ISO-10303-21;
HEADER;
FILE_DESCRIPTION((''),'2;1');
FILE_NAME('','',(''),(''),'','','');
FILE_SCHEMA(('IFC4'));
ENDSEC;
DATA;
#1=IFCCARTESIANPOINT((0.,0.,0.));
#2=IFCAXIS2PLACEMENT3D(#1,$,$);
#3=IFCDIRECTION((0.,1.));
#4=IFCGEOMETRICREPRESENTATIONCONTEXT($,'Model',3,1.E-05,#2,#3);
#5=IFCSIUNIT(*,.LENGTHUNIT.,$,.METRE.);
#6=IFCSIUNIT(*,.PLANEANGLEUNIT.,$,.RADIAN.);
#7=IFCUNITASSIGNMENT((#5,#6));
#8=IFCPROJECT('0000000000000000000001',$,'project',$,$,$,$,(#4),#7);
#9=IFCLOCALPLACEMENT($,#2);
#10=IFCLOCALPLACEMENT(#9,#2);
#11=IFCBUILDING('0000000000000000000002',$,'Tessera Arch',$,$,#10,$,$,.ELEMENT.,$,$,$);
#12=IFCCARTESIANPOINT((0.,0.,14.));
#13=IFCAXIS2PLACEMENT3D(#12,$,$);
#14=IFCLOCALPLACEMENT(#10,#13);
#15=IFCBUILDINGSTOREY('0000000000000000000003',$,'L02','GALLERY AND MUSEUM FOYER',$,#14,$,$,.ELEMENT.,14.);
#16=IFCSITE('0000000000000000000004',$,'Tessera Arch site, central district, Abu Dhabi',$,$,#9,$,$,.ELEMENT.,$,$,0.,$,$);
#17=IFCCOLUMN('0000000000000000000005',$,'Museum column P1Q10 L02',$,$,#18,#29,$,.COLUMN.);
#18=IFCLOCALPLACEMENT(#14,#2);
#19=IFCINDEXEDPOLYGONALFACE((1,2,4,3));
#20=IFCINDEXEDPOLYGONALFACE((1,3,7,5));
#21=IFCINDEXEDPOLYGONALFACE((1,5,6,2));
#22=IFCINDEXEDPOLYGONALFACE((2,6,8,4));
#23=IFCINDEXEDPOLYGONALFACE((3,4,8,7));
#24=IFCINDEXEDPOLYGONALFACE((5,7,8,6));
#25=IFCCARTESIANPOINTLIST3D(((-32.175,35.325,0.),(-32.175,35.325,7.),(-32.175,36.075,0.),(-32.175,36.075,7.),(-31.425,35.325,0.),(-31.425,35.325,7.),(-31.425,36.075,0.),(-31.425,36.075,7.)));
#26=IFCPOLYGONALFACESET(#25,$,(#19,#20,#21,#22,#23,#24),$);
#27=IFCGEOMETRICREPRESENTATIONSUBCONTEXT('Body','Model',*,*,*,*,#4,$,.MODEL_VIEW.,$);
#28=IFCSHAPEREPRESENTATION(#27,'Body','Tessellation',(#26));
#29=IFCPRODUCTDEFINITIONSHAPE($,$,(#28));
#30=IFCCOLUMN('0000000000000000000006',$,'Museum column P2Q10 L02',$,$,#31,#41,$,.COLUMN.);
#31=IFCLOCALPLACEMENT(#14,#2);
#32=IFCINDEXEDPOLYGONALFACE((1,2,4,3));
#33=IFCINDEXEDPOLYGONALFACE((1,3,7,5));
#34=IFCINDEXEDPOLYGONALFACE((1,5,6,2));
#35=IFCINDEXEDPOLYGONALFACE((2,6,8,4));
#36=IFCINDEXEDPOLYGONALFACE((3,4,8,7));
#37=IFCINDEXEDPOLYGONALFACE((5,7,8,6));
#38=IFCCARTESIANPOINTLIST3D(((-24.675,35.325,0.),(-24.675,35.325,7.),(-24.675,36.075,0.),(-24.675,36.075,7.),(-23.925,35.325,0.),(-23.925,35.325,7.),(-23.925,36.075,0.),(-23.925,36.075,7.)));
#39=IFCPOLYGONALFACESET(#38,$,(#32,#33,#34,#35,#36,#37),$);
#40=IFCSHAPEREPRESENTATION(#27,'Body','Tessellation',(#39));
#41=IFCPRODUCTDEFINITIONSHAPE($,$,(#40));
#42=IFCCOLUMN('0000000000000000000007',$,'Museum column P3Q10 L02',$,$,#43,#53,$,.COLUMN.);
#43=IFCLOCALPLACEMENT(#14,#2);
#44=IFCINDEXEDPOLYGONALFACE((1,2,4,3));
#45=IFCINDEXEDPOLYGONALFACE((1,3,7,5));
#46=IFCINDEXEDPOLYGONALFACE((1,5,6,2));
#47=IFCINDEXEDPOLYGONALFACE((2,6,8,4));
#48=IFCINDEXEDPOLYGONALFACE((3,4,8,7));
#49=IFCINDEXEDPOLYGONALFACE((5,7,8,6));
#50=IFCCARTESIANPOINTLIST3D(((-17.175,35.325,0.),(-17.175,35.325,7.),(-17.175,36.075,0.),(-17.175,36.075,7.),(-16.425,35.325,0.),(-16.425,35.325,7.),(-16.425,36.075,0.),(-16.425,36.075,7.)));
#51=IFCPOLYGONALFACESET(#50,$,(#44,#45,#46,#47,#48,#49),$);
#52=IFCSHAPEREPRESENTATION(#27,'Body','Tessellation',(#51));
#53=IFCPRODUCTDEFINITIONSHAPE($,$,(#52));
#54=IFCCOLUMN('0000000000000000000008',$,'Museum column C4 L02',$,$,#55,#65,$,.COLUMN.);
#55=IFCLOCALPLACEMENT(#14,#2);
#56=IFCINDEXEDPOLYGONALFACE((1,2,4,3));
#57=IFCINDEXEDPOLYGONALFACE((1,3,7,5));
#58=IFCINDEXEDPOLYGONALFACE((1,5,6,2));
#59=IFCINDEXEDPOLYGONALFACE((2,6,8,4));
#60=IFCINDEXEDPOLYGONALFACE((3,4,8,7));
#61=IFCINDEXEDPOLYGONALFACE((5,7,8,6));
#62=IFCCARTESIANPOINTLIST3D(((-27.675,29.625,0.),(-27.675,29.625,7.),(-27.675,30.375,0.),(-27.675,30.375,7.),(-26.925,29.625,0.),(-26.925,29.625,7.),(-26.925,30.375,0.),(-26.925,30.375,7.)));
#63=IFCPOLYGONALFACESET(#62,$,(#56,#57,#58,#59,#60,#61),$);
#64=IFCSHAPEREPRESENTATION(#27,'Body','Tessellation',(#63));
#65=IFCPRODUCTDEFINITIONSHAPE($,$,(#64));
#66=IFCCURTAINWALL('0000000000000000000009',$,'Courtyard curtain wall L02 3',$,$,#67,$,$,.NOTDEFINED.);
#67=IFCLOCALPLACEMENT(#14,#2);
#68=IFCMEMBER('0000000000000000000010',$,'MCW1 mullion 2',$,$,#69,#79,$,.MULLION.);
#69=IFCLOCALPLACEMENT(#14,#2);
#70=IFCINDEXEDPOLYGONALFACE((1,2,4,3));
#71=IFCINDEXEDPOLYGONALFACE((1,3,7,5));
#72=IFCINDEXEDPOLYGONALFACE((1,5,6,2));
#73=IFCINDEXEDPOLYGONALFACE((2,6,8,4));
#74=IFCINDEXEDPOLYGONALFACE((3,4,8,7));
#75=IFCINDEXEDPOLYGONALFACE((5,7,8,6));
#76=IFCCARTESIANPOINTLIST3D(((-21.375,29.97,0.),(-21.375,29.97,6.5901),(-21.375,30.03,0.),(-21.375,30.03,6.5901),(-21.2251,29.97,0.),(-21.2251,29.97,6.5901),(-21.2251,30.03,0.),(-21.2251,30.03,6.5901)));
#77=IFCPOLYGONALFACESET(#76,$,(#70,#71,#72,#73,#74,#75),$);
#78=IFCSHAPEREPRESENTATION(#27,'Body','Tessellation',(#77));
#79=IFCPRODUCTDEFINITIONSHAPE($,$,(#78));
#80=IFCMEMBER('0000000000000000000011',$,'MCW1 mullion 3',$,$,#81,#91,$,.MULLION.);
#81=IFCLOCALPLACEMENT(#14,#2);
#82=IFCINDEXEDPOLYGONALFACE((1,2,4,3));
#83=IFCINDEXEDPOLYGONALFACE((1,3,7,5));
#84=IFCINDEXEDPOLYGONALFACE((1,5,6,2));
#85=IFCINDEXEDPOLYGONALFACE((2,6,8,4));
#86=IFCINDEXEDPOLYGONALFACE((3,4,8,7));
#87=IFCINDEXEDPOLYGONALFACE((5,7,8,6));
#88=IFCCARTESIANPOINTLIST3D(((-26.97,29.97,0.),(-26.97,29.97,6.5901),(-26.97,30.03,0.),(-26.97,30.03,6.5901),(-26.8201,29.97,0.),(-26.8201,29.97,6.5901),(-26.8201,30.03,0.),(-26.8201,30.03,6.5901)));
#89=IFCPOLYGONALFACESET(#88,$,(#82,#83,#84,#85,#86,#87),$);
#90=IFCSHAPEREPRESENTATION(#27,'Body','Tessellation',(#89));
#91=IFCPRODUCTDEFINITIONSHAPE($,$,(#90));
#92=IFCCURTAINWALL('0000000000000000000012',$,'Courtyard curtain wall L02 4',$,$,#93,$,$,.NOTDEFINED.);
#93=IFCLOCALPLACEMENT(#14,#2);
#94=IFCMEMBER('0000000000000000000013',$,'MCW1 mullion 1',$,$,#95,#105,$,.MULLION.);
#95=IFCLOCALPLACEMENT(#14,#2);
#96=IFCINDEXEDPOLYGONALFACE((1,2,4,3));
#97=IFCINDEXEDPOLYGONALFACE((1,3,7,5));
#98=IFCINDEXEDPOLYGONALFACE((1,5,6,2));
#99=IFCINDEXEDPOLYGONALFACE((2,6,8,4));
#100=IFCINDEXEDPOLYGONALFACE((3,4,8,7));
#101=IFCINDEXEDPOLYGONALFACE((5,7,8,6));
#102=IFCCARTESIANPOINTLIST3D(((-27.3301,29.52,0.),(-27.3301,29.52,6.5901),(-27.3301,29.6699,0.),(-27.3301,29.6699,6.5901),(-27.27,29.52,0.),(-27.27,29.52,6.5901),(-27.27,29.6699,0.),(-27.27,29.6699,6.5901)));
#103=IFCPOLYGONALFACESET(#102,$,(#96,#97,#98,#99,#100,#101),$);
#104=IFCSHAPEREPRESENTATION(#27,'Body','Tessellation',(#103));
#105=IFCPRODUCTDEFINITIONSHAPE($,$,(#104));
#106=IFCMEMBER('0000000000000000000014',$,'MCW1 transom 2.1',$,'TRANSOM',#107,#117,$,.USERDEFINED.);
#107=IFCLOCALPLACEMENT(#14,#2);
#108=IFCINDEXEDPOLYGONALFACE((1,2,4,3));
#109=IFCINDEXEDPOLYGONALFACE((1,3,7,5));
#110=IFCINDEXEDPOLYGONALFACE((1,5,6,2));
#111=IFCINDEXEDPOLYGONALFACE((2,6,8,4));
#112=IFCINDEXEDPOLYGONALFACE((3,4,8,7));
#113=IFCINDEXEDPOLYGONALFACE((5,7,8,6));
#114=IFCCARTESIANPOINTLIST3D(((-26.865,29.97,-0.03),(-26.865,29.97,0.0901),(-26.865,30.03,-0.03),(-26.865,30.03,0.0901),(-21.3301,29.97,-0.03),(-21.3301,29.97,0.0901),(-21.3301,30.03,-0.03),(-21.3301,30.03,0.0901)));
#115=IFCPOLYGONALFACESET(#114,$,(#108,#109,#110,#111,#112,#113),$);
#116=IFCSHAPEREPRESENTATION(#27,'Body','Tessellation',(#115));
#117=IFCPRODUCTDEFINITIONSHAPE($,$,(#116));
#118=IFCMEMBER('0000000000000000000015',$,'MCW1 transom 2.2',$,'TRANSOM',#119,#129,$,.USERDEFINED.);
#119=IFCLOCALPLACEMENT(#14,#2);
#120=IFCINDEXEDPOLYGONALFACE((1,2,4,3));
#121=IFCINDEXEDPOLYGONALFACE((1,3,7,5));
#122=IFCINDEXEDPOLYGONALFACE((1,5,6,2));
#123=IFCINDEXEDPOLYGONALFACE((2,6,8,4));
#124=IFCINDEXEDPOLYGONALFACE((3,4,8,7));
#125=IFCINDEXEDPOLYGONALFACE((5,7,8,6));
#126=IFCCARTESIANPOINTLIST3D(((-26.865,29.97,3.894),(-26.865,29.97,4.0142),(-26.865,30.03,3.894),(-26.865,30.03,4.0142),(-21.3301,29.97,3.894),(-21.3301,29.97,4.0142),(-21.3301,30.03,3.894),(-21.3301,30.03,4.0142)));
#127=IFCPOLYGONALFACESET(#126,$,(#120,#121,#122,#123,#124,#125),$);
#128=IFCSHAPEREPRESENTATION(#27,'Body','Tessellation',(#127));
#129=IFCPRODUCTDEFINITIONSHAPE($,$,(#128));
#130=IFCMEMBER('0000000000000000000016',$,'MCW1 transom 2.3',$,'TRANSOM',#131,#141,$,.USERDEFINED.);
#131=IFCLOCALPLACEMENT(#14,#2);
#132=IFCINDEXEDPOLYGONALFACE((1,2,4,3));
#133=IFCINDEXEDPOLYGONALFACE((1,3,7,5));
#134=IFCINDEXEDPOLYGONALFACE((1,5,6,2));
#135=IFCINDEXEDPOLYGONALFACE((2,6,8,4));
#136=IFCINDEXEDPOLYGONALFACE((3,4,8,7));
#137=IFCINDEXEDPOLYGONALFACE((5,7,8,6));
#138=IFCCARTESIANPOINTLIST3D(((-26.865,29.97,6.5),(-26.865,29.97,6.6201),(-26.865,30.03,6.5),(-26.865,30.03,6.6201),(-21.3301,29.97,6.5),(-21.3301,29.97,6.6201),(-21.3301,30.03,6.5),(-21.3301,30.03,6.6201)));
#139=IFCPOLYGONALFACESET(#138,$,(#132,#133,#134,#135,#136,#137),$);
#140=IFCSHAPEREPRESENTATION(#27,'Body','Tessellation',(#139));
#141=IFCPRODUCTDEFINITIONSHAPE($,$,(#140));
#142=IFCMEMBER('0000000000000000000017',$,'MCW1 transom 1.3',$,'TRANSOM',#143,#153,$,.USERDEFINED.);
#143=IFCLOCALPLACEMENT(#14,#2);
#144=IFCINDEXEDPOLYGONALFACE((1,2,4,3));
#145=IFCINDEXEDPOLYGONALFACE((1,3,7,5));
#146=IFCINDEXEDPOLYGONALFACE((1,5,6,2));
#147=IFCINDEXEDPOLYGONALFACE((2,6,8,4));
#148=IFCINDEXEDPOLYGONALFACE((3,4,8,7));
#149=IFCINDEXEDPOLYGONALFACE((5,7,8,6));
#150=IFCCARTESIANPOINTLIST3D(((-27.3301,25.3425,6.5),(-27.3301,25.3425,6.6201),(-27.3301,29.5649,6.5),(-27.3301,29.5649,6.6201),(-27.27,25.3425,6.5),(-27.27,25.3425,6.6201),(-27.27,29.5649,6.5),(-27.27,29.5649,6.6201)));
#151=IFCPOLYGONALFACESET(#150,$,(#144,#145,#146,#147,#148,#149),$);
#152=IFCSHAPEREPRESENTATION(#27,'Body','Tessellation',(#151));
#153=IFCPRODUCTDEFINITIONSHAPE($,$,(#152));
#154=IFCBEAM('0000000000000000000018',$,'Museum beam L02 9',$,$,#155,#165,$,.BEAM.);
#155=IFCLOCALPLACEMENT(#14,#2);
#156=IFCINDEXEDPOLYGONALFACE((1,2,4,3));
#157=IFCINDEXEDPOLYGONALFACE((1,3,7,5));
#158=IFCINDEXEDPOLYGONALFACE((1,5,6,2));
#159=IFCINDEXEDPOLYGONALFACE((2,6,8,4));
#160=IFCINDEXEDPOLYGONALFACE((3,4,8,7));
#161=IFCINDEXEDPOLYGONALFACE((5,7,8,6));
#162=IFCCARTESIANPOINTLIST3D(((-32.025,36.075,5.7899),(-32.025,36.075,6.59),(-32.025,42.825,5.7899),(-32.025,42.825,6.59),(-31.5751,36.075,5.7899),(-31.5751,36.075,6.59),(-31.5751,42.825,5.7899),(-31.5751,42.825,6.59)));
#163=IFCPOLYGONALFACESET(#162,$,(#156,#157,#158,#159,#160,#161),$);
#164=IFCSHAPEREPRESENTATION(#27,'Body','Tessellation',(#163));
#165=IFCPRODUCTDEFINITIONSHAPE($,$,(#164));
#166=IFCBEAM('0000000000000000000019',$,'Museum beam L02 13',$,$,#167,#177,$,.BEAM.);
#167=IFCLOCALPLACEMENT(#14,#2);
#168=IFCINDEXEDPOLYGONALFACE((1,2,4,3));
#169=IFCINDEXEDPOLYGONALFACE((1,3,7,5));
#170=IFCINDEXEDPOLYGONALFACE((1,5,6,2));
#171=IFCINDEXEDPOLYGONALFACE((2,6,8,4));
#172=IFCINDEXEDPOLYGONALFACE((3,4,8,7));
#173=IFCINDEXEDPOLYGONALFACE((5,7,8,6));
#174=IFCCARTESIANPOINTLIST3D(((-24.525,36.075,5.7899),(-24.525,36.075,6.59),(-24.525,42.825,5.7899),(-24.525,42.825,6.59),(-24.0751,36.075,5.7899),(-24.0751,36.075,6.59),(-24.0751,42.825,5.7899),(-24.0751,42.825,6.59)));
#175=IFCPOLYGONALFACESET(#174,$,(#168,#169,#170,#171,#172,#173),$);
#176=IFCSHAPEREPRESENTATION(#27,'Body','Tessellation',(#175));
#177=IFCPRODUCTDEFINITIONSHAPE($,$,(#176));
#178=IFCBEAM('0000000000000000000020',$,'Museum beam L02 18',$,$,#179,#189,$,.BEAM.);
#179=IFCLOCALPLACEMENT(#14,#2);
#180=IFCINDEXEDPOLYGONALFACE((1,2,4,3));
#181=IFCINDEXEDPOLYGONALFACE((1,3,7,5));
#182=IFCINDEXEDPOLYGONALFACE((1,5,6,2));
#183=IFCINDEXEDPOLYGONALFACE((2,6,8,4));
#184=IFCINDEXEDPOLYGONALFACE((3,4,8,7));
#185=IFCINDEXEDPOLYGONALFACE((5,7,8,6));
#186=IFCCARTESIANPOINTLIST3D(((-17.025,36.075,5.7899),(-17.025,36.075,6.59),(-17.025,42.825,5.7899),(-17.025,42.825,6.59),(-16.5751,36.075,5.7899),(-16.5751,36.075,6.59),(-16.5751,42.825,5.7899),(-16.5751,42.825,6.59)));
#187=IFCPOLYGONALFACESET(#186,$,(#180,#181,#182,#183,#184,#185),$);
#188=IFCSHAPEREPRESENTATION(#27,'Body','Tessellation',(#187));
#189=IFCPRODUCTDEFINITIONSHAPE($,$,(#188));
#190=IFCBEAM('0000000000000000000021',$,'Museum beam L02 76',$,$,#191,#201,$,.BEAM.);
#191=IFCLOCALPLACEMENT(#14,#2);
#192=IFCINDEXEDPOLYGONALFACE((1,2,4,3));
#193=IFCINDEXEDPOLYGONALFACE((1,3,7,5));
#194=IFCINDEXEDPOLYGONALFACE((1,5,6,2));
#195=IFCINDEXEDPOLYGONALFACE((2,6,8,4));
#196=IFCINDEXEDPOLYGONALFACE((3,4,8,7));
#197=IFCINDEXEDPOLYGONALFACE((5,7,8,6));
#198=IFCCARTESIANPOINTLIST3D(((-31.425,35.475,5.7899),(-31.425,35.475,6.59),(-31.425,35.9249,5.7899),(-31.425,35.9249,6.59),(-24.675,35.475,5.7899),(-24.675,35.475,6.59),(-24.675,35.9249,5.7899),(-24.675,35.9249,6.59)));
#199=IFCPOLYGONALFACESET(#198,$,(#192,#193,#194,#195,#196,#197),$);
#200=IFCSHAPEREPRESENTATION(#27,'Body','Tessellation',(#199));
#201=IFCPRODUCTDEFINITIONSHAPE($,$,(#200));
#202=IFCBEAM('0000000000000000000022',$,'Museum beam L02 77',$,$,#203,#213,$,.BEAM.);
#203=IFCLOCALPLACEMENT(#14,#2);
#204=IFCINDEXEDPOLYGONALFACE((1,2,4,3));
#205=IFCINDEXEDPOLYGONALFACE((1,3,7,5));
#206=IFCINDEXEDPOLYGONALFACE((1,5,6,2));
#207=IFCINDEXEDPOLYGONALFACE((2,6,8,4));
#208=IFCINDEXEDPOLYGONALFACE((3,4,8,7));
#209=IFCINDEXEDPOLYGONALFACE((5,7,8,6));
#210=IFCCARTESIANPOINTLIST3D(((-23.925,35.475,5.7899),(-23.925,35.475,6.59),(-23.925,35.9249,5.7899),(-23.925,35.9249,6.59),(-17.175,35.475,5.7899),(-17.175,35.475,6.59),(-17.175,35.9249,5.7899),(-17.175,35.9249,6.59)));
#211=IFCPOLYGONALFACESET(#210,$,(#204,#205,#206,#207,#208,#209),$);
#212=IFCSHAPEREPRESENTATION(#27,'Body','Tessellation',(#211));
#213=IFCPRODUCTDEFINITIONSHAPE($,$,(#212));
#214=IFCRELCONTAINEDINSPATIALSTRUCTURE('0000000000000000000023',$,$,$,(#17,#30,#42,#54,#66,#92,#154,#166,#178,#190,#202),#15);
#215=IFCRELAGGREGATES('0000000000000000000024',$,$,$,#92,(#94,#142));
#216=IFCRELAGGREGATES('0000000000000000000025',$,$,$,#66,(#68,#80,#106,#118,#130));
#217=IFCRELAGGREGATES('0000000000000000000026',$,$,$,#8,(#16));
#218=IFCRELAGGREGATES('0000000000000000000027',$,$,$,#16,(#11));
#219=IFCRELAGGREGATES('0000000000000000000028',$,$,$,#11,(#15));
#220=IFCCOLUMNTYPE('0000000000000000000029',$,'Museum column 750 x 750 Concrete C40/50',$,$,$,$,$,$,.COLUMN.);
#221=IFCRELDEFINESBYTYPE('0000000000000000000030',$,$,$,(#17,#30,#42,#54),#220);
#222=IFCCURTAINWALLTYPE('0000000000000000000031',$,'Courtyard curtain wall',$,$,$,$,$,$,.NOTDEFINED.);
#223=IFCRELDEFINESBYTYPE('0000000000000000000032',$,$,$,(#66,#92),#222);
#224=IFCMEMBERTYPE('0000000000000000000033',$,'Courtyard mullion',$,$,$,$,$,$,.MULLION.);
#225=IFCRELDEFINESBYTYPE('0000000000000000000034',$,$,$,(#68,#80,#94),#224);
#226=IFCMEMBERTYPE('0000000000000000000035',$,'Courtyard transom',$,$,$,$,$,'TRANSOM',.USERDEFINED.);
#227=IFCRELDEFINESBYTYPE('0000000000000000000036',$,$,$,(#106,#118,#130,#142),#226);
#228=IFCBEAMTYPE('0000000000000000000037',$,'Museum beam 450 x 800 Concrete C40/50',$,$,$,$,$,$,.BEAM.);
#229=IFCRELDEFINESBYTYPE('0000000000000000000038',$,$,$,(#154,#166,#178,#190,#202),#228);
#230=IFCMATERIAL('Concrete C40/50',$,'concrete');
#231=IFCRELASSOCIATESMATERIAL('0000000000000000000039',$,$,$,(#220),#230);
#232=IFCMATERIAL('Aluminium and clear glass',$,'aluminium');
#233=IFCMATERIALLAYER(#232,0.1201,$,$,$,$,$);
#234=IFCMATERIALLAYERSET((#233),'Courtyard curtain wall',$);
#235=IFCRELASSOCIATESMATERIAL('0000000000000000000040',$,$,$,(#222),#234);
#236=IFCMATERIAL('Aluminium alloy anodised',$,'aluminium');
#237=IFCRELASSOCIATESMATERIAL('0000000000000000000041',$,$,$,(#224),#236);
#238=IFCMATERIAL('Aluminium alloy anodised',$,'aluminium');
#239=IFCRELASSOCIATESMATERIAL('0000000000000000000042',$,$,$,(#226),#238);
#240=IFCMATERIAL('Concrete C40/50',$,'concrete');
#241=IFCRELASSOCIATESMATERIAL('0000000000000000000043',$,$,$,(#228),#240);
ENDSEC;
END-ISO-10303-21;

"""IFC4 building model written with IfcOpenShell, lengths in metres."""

from ifc_helpers import new_model, si_unit, direction, frame, origin, origin_2d, place, context, subcontext, project, spatial, rectangle, extrude, material, layer, layer_set, material_profile, profile_set, type_object, element, aggregate, save


model = new_model("IFC4")

# Units and contexts
model_context = context("Model", 3, precision=1e-05, world=origin(), true_north=direction((0.0, 1.0)))
body_context = subcontext(model_context, "Body", "Model", "MODEL_VIEW")
ifc_project = project(units=[si_unit("LENGTHUNIT", "METRE"), si_unit("PLANEANGLEUNIT", "RADIAN")], contexts=[model_context])

# Site, building, storey
site_placement = place(None, origin())
site = spatial("IfcSite", under=ifc_project, at=site_placement, Name="Tessera Arch site, central district, Abu Dhabi", CompositionType="ELEMENT", RefElevation=0.0)
building_placement = place(site_placement, origin())
building = spatial("IfcBuilding", under=site, at=building_placement, Name="Tessera Arch", CompositionType="ELEMENT")
storey_placement = place(building_placement, frame((0.0, 0.0, 14.0)))
storey = spatial("IfcBuildingStorey", under=building, at=storey_placement, Name="L02", Description="GALLERY AND MUSEUM FOYER", CompositionType="ELEMENT", Elevation=14.0)

# Columns
ifc_material_1 = material(Name="Concrete C40/50", Category="concrete")
ifc_material_profile_1 = material_profile(ifc_material_1, rectangle(XDim=0.75, YDim=0.75, at=origin_2d()), Name="Museum column 750 x 750 Concrete C40/50")
ifc_profile_set_1 = profile_set([ifc_material_profile_1], Name="Concrete C40/50")
column_type = type_object("IfcColumnType", Name="Museum column 750 x 750 Concrete C40/50", PredefinedType="COLUMN", material=ifc_profile_set_1)
for number, where, z_axis, x_axis, name in (
    (1, (-31.8, 35.7, 0.0), (0.0, 0.0, 1.0), (1.0, 0.0, 0.0), "Museum column P1Q10 L02"),
    (2, (-24.3, 35.7, 0.0), (0.0, 0.0, 1.0), (1.0, 0.0, 0.0), "Museum column P2Q10 L02"),
    (3, (-16.8, 35.7, 0.0), (0.0, 0.0, 1.0), (1.0, 0.0, 0.0), "Museum column P3Q10 L02"),
    (4, (-27.3, 30.0, 0.0), (0.0, 0.0, 1.0), (1.0, 0.0, 0.0), "Museum column C4 L02"),
):
    element("IfcColumn", number, at=place(storey_placement, frame(where, z_axis=z_axis, x_axis=x_axis)), inside=storey, type_object=column_type, Name=name, PredefinedType="COLUMN", context=body_context, shape_type="SweptSolid", body=[
        extrude(rectangle(XDim=0.75, YDim=0.75, at=origin_2d()), origin(), (0.0, 0.0, 1.0), 7.0),
    ])

# Curtain wall, members
ifc_material_2 = material(Name="Aluminium and clear glass", Category="aluminium")
ifc_layer_1 = layer(ifc_material_2, 0.1201)
ifc_layer_set_1 = layer_set([ifc_layer_1], Name="Courtyard curtain wall")
curtain_wall_type = type_object("IfcCurtainWallType", Name="Courtyard curtain wall", PredefinedType="NOTDEFINED", material=ifc_layer_set_1)
curtain_wall_1_placement = place(storey_placement, origin())
curtain_wall_1 = element("IfcCurtainWall", 5, at=curtain_wall_1_placement, inside=storey, type_object=curtain_wall_type, Name="Courtyard curtain wall L02 3", PredefinedType="NOTDEFINED")
ifc_material_3 = material(Name="Aluminium alloy anodised", Category="aluminium")
ifc_material_profile_2 = material_profile(ifc_material_3, rectangle(XDim=0.0601, YDim=0.1499, at=origin_2d()), Name="Courtyard mullion")
ifc_profile_set_2 = profile_set([ifc_material_profile_2], Name="Aluminium alloy anodised")
member_type_1 = type_object("IfcMemberType", Name="Courtyard mullion", PredefinedType="MULLION", material=ifc_profile_set_2)
member_1_placement = place(storey_placement, frame((-21.3, 30.0, 0.0), z_axis=(0.0, 0.0, 1.0), x_axis=(0.0, -1.0, 0.0)))
member_1 = element("IfcMember", 6, at=member_1_placement, type_object=member_type_1, Name="MCW1 mullion 2", PredefinedType="MULLION", context=body_context, shape_type="SweptSolid", body=[
    extrude(rectangle(XDim=0.0601, YDim=0.1499, at=origin_2d()), origin(), (0.0, 0.0, 1.0), 6.5901),
])
member_2_placement = place(storey_placement, frame((-26.895, 30.0, 0.0), z_axis=(0.0, 0.0, 1.0), x_axis=(0.0, -1.0, 0.0)))
member_2 = element("IfcMember", 7, at=member_2_placement, type_object=member_type_1, Name="MCW1 mullion 3", PredefinedType="MULLION", context=body_context, shape_type="SweptSolid", body=[
    extrude(rectangle(XDim=0.0601, YDim=0.1499, at=origin_2d()), origin(), (0.0, 0.0, 1.0), 6.5901),
])

# Curtain wall, member
curtain_wall_2_placement = place(storey_placement, origin())
curtain_wall_2 = element("IfcCurtainWall", 8, at=curtain_wall_2_placement, inside=storey, type_object=curtain_wall_type, Name="Courtyard curtain wall L02 4", PredefinedType="NOTDEFINED")
member_3_placement = place(storey_placement, frame((-27.3, 29.595, 0.0), z_axis=(0.0, 0.0, 1.0), x_axis=(1.0, 0.0, 0.0)))
member_3 = element("IfcMember", 9, at=member_3_placement, type_object=member_type_1, Name="MCW1 mullion 1", PredefinedType="MULLION", context=body_context, shape_type="SweptSolid", body=[
    extrude(rectangle(XDim=0.0601, YDim=0.1499, at=origin_2d()), origin(), (0.0, 0.0, 1.0), 6.5901),
])

# Members
ifc_material_4 = material(Name="Aluminium alloy anodised", Category="aluminium")
ifc_material_profile_3 = material_profile(ifc_material_4, rectangle(XDim=0.0601, YDim=0.1201, at=origin_2d()), Name="Courtyard transom")
ifc_profile_set_3 = profile_set([ifc_material_profile_3], Name="Aluminium alloy anodised")
member_type_2 = type_object("IfcMemberType", Name="Courtyard transom", ElementType="TRANSOM", PredefinedType="USERDEFINED", material=ifc_profile_set_3)
member_4_placement = place(storey_placement, frame((-21.3301, 30.0, 0.03), z_axis=(-1.0, 0.0, 0.0), x_axis=(0.0, -1.0, 0.0)))
member_4 = element("IfcMember", 10, at=member_4_placement, type_object=member_type_2, Name="MCW1 transom 2.1", ObjectType="TRANSOM", PredefinedType="USERDEFINED", context=body_context, shape_type="SweptSolid", body=[
    extrude(rectangle(XDim=0.0601, YDim=0.1201, at=origin_2d()), origin(), (0.0, 0.0, 1.0), 5.5349),
])
member_5_placement = place(storey_placement, frame((-21.3301, 30.0, 3.9541), z_axis=(-1.0, 0.0, 0.0), x_axis=(0.0, -1.0, 0.0)))
member_5 = element("IfcMember", 11, at=member_5_placement, type_object=member_type_2, Name="MCW1 transom 2.2", ObjectType="TRANSOM", PredefinedType="USERDEFINED", context=body_context, shape_type="SweptSolid", body=[
    extrude(rectangle(XDim=0.0601, YDim=0.1201, at=origin_2d()), origin(), (0.0, 0.0, 1.0), 5.5349),
])
member_6_placement = place(storey_placement, frame((-21.3301, 30.0, 6.5601), z_axis=(-1.0, 0.0, 0.0), x_axis=(0.0, -1.0, 0.0)))
member_6 = element("IfcMember", 12, at=member_6_placement, type_object=member_type_2, Name="MCW1 transom 2.3", ObjectType="TRANSOM", PredefinedType="USERDEFINED", context=body_context, shape_type="SweptSolid", body=[
    extrude(rectangle(XDim=0.0601, YDim=0.1201, at=origin_2d()), origin(), (0.0, 0.0, 1.0), 5.5349),
])
member_7_placement = place(storey_placement, frame((-27.3, 29.5649, 6.5601), z_axis=(0.0, -1.0, 0.0), x_axis=(1.0, 0.0, 0.0)))
member_7 = element("IfcMember", 13, at=member_7_placement, type_object=member_type_2, Name="MCW1 transom 1.3", ObjectType="TRANSOM", PredefinedType="USERDEFINED", context=body_context, shape_type="SweptSolid", body=[
    extrude(rectangle(XDim=0.0601, YDim=0.1201, at=origin_2d()), origin(), (0.0, 0.0, 1.0), 4.2224),
])
aggregate(curtain_wall_2, [member_3, member_7])

# Beams
ifc_material_5 = material(Name="Concrete C40/50", Category="concrete")
ifc_material_profile_4 = material_profile(ifc_material_5, rectangle(XDim=0.45, YDim=0.8, at=origin_2d()), Name="Museum beam 450 x 800 Concrete C40/50")
ifc_profile_set_4 = profile_set([ifc_material_profile_4], Name="Concrete C40/50")
beam_type = type_object("IfcBeamType", Name="Museum beam 450 x 800 Concrete C40/50", PredefinedType="BEAM", material=ifc_profile_set_4)
for number, where, z_axis, x_axis, name in (
    (14, (-31.8, 36.075, 6.1899), (0.0, 1.0, 0.0), (-1.0, 0.0, 0.0), "Museum beam L02 9"),
    (15, (-24.3, 36.075, 6.1899), (0.0, 1.0, 0.0), (-1.0, 0.0, 0.0), "Museum beam L02 13"),
    (16, (-16.8, 36.075, 6.1899), (0.0, 1.0, 0.0), (-1.0, 0.0, 0.0), "Museum beam L02 18"),
    (17, (-31.425, 35.7, 6.1899), (1.0, 0.0, 0.0), (0.0, 1.0, 0.0), "Museum beam L02 76"),
    (18, (-23.925, 35.7, 6.1899), (1.0, 0.0, 0.0), (0.0, 1.0, 0.0), "Museum beam L02 77"),
):
    element("IfcBeam", number, at=place(storey_placement, frame(where, z_axis=z_axis, x_axis=x_axis)), inside=storey, type_object=beam_type, Name=name, PredefinedType="BEAM", context=body_context, shape_type="SweptSolid", body=[
        extrude(rectangle(XDim=0.45, YDim=0.8, at=origin_2d()), origin(), (0.0, 0.0, 1.0), 6.75),
    ])

aggregate(curtain_wall_1, [member_1, member_2, member_4, member_5, member_6])

save(model, "model.ifc")
